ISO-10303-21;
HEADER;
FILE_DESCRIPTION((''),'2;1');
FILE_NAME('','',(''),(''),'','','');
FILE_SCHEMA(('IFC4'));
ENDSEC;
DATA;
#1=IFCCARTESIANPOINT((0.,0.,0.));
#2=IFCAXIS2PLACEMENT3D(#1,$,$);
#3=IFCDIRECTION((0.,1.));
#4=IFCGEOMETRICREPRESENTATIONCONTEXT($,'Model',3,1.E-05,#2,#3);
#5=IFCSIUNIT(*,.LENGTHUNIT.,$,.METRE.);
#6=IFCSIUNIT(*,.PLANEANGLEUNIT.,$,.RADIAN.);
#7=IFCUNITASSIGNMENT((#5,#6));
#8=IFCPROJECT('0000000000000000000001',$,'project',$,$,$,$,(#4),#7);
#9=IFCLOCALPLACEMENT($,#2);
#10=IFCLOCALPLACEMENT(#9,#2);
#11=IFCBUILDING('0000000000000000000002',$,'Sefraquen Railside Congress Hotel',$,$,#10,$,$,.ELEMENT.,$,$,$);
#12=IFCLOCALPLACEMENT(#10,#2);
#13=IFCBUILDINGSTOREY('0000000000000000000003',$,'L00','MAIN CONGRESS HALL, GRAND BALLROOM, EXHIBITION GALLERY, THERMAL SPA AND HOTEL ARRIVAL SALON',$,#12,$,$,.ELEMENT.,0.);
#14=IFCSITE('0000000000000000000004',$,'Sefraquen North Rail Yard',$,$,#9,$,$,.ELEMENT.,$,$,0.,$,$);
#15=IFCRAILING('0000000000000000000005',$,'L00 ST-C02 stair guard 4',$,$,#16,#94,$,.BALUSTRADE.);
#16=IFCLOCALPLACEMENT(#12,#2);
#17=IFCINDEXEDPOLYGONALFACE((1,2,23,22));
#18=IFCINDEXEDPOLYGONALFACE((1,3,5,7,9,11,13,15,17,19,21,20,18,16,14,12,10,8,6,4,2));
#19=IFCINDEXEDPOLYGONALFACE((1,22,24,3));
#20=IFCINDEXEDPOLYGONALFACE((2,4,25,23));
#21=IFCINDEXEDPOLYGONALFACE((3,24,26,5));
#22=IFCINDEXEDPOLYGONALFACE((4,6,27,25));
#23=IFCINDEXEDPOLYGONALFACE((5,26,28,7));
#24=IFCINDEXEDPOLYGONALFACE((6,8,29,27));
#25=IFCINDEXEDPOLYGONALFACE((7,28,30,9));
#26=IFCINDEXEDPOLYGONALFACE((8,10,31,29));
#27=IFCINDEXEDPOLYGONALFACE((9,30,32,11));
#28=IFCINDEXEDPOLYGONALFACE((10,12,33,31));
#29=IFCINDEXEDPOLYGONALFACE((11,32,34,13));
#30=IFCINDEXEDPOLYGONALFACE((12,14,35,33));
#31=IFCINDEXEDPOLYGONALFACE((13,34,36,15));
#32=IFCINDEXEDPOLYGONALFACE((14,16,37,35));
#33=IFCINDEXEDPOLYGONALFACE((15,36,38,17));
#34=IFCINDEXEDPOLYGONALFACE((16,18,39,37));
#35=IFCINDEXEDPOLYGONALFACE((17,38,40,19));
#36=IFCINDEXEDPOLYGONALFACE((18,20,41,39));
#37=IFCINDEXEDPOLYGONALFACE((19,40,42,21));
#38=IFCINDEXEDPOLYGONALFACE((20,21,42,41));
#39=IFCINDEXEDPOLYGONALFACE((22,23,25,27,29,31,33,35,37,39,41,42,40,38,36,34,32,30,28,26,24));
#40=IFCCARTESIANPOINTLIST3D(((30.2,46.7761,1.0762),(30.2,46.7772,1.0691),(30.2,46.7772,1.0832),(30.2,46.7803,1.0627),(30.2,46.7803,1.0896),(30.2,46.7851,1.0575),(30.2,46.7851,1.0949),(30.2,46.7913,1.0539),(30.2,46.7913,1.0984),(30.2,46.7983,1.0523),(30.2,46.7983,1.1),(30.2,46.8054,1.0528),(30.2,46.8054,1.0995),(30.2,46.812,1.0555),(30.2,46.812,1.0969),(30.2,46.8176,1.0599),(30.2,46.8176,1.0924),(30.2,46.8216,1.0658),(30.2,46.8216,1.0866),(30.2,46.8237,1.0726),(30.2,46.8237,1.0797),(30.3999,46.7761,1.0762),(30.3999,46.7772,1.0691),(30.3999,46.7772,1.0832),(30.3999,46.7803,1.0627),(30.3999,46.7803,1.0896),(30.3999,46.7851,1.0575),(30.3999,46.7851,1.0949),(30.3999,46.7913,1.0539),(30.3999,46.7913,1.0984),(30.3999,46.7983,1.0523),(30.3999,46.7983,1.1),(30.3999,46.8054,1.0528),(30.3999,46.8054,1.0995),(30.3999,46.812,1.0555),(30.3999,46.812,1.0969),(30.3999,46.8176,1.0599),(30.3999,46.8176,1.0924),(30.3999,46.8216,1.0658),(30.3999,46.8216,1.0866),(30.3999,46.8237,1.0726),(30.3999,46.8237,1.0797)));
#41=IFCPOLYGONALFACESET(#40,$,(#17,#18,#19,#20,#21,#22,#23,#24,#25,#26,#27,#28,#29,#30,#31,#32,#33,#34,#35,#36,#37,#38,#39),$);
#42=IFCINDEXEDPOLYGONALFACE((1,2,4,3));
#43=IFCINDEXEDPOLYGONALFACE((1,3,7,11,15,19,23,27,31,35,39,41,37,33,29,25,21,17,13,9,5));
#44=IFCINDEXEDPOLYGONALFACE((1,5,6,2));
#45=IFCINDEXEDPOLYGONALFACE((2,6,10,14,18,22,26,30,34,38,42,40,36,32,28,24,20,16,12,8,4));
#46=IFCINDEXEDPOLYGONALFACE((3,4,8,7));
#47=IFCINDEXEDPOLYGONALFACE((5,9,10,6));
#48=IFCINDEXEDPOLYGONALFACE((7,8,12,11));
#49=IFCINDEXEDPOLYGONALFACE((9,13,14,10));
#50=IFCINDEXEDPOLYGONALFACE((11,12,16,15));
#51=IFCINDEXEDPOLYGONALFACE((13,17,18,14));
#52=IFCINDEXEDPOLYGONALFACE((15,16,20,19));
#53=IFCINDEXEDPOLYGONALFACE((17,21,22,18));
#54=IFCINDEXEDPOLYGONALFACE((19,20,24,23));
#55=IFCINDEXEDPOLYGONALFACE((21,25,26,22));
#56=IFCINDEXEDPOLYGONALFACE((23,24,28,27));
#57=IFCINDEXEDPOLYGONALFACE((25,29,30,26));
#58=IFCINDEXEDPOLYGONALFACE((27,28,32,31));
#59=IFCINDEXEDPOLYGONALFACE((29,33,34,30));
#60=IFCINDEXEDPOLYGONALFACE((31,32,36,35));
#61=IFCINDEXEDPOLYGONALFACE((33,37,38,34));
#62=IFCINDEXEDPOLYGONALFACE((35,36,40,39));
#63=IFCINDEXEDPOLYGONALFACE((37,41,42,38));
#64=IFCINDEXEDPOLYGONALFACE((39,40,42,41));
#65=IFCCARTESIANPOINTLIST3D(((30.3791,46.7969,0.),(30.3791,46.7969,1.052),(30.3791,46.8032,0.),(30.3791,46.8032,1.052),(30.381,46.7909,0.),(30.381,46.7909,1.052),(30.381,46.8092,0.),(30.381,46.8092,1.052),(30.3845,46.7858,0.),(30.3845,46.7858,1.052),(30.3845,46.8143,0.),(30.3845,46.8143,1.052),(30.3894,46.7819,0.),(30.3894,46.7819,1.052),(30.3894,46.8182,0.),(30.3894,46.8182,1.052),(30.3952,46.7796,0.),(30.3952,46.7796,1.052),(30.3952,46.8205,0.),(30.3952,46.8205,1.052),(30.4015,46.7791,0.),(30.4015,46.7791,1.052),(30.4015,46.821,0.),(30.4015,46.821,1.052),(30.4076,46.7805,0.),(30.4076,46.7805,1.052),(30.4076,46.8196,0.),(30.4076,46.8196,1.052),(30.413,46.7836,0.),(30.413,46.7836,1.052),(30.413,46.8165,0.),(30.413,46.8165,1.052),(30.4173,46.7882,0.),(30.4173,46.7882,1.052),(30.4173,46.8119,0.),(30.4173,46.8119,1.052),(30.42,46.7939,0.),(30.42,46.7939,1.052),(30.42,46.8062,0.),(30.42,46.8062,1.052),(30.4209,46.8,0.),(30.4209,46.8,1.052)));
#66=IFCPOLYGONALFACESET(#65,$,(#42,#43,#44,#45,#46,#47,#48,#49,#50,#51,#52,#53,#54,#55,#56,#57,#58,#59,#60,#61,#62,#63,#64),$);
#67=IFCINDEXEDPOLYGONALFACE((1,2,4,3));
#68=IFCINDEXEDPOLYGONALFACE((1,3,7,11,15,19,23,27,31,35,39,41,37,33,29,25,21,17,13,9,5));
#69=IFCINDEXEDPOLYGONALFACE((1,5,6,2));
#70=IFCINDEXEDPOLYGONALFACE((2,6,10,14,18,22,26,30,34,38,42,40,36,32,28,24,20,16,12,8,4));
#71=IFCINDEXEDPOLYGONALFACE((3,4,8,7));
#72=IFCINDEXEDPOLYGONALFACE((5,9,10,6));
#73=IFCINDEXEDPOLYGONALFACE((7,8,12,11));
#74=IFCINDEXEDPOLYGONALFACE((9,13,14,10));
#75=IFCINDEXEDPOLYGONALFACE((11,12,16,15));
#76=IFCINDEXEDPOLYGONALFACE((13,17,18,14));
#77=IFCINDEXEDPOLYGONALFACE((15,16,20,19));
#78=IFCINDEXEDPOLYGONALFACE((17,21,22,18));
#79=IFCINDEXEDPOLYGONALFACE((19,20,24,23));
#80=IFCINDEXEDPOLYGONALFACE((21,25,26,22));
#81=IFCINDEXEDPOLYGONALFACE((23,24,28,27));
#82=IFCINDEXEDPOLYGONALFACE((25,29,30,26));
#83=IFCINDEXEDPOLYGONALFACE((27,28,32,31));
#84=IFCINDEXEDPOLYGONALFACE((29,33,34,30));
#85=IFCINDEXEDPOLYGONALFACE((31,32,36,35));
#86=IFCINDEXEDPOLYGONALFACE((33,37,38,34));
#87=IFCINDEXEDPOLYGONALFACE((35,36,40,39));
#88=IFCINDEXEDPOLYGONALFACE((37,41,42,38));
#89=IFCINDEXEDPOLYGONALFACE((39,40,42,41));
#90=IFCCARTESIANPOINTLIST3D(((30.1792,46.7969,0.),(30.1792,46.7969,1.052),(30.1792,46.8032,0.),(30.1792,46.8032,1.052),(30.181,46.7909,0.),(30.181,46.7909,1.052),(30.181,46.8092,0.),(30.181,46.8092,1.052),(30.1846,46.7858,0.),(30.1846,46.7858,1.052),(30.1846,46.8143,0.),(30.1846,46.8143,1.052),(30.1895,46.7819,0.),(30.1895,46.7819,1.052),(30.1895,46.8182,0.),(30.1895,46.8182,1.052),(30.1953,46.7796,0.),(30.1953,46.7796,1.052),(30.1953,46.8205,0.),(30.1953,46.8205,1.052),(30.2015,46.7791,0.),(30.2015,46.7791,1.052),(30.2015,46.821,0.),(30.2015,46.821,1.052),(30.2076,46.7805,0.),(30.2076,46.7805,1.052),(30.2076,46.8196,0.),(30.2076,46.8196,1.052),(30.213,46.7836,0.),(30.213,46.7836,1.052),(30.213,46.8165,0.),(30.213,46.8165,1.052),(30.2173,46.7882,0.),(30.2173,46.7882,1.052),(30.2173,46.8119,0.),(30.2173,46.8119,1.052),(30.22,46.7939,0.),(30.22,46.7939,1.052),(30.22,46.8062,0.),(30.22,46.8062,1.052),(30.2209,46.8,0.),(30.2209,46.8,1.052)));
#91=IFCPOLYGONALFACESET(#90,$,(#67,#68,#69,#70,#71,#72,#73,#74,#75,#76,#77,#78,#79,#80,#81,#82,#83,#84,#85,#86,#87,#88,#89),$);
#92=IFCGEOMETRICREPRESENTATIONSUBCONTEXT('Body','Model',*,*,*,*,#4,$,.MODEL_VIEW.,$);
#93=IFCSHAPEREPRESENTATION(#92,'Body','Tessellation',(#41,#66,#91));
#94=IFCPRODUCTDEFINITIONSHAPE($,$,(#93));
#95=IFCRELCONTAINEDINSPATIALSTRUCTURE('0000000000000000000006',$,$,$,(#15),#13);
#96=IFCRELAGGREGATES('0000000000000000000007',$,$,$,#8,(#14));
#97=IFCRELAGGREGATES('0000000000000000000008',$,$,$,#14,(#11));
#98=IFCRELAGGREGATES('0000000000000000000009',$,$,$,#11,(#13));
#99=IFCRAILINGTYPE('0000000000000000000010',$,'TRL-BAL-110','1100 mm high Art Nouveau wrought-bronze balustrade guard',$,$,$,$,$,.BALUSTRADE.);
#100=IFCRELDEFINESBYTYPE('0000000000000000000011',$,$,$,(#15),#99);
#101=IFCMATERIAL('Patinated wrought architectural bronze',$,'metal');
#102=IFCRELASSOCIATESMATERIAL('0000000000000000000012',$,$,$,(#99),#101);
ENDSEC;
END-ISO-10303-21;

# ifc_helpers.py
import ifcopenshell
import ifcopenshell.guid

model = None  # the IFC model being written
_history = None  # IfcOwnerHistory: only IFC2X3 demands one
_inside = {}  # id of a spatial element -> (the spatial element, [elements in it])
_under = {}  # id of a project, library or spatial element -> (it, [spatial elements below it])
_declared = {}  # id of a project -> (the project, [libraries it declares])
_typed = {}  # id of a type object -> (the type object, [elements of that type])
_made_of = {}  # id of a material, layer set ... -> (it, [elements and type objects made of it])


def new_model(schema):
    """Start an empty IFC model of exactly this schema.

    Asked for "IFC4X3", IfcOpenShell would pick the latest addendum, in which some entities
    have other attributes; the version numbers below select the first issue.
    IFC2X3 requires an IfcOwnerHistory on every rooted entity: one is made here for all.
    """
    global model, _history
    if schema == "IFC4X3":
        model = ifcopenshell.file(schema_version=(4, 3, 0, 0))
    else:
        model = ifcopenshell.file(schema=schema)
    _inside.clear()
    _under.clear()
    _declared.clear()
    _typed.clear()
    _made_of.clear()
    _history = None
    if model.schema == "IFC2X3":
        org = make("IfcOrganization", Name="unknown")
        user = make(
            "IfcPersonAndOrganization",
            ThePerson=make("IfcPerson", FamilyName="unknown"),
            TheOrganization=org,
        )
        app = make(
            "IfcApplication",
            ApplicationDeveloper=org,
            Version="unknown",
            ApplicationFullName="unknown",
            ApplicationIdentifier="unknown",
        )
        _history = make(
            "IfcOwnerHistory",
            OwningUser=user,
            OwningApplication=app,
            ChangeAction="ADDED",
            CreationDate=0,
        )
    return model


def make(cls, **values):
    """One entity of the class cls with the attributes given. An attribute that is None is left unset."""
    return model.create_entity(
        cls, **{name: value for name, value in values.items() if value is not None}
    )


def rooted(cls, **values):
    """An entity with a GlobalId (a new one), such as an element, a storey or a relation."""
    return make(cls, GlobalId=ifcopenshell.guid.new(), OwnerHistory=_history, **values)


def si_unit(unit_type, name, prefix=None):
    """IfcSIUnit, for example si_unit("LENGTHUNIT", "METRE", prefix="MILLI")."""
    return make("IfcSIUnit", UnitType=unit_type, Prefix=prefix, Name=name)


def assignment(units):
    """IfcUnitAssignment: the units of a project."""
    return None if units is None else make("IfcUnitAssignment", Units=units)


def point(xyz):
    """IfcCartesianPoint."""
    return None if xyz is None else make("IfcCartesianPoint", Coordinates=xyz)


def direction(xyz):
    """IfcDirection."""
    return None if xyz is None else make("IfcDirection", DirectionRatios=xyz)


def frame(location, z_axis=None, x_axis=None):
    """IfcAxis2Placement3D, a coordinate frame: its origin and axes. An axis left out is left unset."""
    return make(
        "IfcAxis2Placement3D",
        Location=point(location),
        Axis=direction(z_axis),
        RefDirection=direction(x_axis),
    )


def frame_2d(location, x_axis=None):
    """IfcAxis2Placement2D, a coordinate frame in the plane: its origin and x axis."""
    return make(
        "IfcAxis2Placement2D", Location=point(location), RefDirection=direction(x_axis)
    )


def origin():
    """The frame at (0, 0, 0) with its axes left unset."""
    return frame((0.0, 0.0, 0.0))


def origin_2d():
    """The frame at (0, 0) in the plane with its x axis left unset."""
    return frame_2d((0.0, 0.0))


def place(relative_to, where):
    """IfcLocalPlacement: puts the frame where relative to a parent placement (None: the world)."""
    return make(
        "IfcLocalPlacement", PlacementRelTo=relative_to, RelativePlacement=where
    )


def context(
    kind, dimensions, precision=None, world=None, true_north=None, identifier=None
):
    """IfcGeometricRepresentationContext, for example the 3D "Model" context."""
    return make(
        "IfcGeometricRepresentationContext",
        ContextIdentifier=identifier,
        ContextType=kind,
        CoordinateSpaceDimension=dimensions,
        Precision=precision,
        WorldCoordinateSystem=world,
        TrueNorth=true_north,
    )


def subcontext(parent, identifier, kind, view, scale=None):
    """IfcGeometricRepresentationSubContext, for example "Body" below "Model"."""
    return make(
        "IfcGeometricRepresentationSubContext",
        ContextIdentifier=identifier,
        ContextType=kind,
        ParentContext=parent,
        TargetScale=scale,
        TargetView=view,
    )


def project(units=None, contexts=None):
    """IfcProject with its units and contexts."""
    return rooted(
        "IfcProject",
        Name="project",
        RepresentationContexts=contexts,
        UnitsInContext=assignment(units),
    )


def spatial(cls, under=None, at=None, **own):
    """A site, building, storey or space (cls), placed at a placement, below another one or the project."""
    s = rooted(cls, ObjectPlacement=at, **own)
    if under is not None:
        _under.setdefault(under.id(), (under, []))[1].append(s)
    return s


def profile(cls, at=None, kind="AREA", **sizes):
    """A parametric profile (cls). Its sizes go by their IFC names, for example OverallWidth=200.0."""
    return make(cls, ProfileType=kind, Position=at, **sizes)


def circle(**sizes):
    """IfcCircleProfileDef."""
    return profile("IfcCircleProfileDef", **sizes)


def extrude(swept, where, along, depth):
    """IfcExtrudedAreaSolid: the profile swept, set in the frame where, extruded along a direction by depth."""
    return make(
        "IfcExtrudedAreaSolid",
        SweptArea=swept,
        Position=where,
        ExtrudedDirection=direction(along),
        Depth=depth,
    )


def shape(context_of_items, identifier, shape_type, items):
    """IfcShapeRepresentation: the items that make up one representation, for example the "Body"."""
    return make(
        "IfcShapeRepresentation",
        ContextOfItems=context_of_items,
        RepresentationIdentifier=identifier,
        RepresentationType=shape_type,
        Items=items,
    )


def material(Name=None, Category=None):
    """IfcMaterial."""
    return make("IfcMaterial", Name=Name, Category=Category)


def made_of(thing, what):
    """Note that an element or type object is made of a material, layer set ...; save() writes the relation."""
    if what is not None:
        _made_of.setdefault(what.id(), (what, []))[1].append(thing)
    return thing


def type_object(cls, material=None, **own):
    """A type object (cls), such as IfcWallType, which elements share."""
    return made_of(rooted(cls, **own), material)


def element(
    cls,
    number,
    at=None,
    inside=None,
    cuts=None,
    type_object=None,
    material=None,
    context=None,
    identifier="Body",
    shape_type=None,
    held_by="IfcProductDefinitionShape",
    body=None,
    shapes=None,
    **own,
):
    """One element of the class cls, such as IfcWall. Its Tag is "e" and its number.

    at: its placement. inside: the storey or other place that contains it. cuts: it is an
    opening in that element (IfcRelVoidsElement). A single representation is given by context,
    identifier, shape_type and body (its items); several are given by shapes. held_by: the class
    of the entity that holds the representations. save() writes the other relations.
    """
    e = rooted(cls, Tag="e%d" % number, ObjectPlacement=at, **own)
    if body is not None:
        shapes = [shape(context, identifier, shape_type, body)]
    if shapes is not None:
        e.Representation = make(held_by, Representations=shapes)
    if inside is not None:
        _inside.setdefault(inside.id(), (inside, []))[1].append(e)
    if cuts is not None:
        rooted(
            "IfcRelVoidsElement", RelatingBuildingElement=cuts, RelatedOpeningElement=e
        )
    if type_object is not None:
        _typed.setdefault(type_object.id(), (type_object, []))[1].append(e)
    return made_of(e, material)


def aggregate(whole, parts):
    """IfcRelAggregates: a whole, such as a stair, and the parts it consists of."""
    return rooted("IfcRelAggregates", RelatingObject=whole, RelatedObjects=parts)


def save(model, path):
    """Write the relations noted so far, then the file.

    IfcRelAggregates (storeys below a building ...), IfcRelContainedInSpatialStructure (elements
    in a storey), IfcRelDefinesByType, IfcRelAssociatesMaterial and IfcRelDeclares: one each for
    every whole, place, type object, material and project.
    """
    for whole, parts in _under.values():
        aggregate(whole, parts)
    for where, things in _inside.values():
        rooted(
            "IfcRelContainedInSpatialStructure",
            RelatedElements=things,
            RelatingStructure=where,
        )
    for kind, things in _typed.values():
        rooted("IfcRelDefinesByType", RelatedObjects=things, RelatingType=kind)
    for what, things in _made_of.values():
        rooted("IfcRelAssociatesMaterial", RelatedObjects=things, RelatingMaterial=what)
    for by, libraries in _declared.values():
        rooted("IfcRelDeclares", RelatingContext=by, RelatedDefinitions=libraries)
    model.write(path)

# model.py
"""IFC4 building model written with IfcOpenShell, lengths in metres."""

from ifc_helpers import new_model, si_unit, direction, frame, origin, origin_2d, place, context, subcontext, project, spatial, circle, extrude, material, type_object, element, save


model = new_model("IFC4")

# Units and contexts
model_context = context("Model", 3, precision=1e-05, world=origin(), true_north=direction((0.0, 1.0)))
body_context = subcontext(model_context, "Body", "Model", "MODEL_VIEW")
ifc_project = project(units=[si_unit("LENGTHUNIT", "METRE"), si_unit("PLANEANGLEUNIT", "RADIAN")], contexts=[model_context])

# Site, building, storey
site_placement = place(None, origin())
site = spatial("IfcSite", under=ifc_project, at=site_placement, Name="Sefraquen North Rail Yard", CompositionType="ELEMENT", RefElevation=0.0)
building_placement = place(site_placement, origin())
building = spatial("IfcBuilding", under=site, at=building_placement, Name="Sefraquen Railside Congress Hotel", CompositionType="ELEMENT")
storey_placement = place(building_placement, origin())
storey = spatial("IfcBuildingStorey", under=building, at=storey_placement, Name="L00", Description="MAIN CONGRESS HALL, GRAND BALLROOM, EXHIBITION GALLERY, THERMAL SPA AND HOTEL ARRIVAL SALON", CompositionType="ELEMENT", Elevation=0.0)

# Railing
ifc_material_1 = material(Name="Patinated wrought architectural bronze", Category="metal")
railing_type_1 = type_object("IfcRailingType", Name="TRL-BAL-110", Description="1100 mm high Art Nouveau wrought-bronze balustrade guard", PredefinedType="BALUSTRADE", material=ifc_material_1)
railing_1_placement = place(storey_placement, frame((30.3999, 46.8, 0.0)))
element("IfcRailing", 1, at=railing_1_placement, inside=storey, type_object=railing_type_1, Name="L00 ST-C02 stair guard 4", PredefinedType="BALUSTRADE", context=body_context, shape_type="SweptSolid", body=[
    extrude(circle(Radius=0.0239, at=origin_2d()), frame((0.0, 0.0, 1.0762), z_axis=(-1.0, 0.0, 0.0), x_axis=(0.0, -1.0, 0.0)), (0.0, 0.0, 1.0), 0.2),
    extrude(circle(Radius=0.021, at=origin_2d()), origin(), (0.0, 0.0, 1.0), 1.052),
    extrude(circle(Radius=0.021, at=origin_2d()), frame((-0.2, 0.0, 0.0)), (0.0, 0.0, 1.0), 1.052),
])

save(model, "model.ifc")
